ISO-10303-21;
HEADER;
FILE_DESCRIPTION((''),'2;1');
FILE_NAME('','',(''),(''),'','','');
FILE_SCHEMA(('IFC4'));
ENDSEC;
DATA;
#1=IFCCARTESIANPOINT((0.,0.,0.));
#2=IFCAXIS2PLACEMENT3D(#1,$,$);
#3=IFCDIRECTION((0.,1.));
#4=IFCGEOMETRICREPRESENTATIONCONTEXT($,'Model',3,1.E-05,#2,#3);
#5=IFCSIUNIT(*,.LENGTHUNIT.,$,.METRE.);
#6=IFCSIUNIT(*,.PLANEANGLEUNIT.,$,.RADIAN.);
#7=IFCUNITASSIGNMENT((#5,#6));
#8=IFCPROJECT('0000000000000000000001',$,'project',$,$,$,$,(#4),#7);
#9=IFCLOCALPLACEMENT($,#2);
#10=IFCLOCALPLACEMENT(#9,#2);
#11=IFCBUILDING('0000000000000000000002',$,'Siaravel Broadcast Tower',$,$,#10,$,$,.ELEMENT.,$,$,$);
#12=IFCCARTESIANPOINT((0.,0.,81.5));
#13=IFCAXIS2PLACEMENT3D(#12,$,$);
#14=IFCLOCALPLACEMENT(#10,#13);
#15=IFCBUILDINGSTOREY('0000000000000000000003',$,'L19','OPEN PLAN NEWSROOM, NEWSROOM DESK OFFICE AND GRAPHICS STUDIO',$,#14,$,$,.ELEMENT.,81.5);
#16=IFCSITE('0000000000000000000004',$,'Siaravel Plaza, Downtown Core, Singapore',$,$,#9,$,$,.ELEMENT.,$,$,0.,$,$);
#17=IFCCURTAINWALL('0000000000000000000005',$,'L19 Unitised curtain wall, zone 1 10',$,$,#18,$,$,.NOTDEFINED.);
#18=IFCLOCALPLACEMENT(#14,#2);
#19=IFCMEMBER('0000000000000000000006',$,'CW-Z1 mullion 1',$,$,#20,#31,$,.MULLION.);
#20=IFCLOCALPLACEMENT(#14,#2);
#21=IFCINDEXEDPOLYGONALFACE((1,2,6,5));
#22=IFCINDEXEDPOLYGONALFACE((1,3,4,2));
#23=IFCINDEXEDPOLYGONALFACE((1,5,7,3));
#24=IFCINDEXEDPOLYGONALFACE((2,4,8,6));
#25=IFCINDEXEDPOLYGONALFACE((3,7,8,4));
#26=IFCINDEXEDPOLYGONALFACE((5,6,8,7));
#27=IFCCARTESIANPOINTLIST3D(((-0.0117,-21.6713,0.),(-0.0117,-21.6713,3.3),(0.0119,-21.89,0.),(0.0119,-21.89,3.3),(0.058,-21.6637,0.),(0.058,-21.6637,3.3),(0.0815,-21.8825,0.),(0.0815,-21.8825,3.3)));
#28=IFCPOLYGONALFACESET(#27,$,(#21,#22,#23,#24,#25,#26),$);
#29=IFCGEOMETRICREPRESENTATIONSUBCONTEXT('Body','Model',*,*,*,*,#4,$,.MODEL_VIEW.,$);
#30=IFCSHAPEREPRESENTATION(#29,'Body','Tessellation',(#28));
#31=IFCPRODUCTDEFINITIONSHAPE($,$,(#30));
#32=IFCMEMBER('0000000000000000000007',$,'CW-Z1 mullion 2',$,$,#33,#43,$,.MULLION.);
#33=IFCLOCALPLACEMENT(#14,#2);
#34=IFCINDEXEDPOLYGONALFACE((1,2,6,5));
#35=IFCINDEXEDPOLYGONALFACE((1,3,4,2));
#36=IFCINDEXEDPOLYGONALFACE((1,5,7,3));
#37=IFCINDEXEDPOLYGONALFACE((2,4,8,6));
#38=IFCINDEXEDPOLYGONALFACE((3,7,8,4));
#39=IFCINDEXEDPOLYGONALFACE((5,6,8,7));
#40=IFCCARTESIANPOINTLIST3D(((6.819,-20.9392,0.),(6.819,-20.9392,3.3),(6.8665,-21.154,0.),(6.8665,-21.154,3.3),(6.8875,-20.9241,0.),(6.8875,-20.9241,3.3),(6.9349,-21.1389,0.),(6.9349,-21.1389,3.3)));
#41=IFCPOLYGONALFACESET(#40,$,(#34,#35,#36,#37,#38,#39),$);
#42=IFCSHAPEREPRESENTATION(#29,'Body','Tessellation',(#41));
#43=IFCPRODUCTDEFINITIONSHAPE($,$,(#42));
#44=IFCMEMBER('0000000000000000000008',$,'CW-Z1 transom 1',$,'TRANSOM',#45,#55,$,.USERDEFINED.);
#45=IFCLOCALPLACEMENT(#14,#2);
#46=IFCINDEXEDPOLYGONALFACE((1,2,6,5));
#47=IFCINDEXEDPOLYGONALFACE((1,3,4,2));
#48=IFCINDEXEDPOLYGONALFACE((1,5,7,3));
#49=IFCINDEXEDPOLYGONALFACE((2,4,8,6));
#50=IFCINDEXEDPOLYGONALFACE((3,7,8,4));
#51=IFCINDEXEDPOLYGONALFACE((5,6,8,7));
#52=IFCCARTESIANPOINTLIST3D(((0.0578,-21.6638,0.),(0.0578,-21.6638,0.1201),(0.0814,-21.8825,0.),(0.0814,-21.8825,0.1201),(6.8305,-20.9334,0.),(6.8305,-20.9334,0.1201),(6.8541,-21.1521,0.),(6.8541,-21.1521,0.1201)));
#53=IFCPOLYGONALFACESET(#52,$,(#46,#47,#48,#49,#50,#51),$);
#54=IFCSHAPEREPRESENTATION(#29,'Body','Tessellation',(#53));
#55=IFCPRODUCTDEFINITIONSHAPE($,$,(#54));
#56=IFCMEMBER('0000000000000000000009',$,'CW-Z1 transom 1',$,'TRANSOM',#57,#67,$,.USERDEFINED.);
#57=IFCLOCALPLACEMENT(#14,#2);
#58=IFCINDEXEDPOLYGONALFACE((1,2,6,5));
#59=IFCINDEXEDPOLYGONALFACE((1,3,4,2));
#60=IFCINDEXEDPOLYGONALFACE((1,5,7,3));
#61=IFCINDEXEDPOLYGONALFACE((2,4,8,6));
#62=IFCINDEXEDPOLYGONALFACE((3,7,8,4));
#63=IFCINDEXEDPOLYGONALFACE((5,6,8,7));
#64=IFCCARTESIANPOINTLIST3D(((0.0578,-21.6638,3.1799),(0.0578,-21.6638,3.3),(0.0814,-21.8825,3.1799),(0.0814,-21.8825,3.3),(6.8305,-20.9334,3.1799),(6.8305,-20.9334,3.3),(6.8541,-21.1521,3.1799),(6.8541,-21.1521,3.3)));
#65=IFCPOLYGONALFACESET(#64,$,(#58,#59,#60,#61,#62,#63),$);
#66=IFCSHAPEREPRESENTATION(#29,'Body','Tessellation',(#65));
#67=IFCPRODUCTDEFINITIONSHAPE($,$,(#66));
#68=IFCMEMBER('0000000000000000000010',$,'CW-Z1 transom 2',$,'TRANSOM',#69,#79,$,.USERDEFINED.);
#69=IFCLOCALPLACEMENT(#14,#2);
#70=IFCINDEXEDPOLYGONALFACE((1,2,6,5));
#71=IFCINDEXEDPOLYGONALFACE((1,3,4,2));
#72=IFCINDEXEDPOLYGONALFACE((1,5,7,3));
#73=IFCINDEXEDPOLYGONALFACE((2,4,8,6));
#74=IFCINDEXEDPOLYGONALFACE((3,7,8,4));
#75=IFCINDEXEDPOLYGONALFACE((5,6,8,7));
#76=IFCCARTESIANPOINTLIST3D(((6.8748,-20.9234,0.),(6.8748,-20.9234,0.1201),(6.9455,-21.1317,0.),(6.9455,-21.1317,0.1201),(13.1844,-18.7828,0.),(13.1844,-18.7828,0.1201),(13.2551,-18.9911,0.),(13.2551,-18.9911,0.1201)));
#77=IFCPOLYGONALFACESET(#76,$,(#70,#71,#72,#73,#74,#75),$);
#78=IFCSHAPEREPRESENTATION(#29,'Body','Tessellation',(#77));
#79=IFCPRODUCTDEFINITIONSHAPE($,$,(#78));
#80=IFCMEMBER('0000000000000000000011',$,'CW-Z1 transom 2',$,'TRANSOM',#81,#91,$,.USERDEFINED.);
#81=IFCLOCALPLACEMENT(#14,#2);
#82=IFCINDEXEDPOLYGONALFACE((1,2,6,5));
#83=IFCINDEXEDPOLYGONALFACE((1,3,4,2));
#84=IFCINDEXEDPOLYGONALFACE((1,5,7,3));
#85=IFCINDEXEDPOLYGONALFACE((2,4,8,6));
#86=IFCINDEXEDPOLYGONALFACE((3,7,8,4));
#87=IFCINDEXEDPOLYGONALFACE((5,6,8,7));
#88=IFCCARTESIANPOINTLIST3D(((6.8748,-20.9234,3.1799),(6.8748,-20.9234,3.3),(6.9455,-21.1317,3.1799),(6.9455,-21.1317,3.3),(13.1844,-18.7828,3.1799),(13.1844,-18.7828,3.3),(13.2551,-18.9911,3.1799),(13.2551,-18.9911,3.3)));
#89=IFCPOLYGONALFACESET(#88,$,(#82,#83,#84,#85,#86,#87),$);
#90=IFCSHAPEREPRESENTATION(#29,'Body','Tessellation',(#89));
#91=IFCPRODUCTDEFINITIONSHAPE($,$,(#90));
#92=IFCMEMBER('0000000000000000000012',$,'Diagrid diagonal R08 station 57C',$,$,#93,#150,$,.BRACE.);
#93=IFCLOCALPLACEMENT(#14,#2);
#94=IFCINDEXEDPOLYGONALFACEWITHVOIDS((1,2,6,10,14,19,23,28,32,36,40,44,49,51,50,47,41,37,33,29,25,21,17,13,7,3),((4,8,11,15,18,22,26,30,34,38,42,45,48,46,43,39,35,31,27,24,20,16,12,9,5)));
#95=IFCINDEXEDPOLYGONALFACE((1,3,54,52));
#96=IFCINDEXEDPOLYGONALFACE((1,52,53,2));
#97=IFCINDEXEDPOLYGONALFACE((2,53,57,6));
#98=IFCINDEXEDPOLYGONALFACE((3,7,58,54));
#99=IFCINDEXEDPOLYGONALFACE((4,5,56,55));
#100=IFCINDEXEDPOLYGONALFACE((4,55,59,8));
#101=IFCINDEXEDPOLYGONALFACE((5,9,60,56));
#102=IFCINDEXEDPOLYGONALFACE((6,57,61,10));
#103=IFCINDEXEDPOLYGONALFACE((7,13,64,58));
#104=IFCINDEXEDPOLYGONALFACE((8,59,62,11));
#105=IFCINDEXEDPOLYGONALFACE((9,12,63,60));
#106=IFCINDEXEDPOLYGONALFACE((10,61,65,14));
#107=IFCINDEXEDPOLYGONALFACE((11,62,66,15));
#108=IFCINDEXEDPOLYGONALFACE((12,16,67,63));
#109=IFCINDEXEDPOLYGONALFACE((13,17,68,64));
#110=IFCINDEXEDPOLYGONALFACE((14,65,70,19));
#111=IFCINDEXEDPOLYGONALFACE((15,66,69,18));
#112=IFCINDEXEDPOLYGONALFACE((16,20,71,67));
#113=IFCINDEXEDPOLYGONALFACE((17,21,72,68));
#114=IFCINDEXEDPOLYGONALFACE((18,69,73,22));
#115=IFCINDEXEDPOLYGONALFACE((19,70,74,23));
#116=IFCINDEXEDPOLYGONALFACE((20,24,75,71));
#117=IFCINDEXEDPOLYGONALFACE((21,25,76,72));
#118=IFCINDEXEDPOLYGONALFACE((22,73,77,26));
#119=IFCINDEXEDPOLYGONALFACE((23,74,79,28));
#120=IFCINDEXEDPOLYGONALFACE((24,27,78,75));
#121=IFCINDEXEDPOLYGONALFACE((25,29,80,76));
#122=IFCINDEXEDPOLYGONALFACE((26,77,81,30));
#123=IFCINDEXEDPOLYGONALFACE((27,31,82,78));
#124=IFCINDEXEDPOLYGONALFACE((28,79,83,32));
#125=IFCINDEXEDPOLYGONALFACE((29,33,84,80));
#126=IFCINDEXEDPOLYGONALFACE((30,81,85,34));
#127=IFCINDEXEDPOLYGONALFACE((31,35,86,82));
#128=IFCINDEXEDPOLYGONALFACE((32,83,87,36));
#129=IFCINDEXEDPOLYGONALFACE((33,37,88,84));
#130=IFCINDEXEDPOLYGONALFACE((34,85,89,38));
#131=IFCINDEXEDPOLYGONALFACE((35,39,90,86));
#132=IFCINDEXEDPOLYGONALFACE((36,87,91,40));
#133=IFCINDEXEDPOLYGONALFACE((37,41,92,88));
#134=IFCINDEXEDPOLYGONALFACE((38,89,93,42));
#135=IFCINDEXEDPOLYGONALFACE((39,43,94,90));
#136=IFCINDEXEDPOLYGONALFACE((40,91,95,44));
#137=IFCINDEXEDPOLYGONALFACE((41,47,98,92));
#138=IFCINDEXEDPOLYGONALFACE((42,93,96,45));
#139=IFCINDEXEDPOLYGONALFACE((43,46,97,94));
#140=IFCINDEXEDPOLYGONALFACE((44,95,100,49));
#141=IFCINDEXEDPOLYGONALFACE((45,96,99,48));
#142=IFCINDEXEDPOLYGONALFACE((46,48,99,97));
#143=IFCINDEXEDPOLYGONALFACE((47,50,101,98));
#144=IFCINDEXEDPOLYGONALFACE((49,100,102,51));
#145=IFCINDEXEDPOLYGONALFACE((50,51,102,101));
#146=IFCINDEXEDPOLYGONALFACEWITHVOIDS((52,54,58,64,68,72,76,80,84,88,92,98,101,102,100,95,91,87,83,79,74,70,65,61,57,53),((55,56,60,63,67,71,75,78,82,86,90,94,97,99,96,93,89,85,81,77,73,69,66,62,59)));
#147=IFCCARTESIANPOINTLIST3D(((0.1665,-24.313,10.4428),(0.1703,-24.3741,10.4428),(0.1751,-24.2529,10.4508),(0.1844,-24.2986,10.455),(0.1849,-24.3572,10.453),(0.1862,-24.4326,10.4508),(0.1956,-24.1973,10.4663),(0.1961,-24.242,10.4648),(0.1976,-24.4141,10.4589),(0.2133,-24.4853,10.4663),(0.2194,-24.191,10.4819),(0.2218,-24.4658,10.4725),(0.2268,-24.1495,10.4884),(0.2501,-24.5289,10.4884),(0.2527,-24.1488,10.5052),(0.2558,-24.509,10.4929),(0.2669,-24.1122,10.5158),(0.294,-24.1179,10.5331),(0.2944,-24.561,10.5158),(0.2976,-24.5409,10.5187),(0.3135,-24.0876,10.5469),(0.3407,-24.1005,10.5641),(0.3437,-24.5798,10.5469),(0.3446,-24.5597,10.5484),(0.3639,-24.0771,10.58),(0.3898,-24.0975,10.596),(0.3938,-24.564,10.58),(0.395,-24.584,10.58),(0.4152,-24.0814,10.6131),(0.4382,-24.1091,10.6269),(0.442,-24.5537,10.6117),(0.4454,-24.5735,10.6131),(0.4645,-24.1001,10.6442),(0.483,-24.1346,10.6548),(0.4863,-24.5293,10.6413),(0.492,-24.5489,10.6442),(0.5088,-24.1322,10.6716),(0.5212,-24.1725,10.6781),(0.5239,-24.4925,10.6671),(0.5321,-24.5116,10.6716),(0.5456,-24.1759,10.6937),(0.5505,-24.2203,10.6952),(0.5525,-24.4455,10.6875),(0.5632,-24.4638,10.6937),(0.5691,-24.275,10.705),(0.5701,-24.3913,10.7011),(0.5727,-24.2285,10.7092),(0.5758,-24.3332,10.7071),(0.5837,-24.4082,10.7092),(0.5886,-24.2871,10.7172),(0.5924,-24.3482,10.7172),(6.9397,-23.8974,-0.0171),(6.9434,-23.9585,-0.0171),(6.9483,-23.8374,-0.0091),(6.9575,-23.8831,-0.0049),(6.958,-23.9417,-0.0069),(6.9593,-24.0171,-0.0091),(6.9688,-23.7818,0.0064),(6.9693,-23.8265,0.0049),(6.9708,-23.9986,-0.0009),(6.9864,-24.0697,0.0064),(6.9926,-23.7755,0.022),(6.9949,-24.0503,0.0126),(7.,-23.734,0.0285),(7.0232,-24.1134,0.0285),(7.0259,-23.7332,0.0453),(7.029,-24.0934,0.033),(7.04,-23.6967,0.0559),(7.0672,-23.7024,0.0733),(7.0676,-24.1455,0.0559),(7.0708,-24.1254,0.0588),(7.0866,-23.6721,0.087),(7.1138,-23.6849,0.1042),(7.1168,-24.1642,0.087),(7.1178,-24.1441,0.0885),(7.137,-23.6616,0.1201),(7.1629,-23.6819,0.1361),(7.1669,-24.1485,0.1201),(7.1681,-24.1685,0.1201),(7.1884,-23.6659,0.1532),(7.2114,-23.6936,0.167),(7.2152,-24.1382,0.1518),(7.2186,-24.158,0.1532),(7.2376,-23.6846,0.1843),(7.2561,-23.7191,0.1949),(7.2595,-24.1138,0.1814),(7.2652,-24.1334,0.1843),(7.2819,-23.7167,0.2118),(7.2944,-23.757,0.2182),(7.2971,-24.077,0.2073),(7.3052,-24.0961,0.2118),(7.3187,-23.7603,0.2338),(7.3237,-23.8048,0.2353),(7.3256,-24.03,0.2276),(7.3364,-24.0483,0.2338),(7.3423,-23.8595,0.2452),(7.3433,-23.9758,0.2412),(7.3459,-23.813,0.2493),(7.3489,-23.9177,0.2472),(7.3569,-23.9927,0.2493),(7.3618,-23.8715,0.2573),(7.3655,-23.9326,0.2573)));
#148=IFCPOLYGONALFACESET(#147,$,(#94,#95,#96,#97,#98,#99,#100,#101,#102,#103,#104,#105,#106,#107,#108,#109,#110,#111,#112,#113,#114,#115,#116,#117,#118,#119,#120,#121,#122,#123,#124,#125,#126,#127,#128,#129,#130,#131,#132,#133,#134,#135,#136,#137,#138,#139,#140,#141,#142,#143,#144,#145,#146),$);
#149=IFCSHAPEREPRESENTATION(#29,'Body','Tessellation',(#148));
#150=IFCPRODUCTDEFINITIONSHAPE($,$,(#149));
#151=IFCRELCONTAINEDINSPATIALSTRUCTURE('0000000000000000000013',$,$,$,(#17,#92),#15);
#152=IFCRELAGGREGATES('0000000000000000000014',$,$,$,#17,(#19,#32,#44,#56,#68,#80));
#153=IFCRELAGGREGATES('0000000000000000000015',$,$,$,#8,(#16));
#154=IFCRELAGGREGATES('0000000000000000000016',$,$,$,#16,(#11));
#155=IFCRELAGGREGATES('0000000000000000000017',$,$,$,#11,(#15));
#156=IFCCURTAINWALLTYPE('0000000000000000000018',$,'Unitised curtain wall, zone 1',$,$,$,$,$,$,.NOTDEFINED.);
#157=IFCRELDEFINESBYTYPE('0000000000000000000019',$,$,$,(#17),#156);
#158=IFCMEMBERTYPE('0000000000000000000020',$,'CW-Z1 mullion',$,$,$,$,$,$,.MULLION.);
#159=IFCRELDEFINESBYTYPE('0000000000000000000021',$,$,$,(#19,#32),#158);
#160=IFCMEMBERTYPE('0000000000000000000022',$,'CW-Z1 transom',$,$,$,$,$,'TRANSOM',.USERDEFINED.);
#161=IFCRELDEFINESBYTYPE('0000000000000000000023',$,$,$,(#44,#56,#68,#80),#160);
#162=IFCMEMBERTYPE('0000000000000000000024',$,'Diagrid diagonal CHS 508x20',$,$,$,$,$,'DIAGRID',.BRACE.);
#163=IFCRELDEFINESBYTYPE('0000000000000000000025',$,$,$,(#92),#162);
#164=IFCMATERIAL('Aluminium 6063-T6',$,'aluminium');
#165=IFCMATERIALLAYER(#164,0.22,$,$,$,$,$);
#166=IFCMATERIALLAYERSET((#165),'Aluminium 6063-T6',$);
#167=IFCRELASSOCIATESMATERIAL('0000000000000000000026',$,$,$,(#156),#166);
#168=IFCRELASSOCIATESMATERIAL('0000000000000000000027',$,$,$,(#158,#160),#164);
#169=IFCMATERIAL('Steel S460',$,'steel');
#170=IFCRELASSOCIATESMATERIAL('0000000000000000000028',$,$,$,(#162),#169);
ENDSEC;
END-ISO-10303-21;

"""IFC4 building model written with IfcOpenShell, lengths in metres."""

from ifc_helpers import new_model, si_unit, direction, frame, origin, origin_2d, place, context, subcontext, project, spatial, rectangle, hollow_circle, extrude, material, layer, layer_set, material_profile, profile_set, type_object, element, aggregate, save


model = new_model("IFC4")

# Units and contexts
model_context = context("Model", 3, precision=1e-05, world=origin(), true_north=direction((0.0, 1.0)))
body_context = subcontext(model_context, "Body", "Model", "MODEL_VIEW")
ifc_project = project(units=[si_unit("LENGTHUNIT", "METRE"), si_unit("PLANEANGLEUNIT", "RADIAN")], contexts=[model_context])

# Site, building, storey
site_placement = place(None, origin())
site = spatial("IfcSite", under=ifc_project, at=site_placement, Name="Siaravel Plaza, Downtown Core, Singapore", CompositionType="ELEMENT", RefElevation=0.0)
building_placement = place(site_placement, origin())
building = spatial("IfcBuilding", under=site, at=building_placement, Name="Siaravel Broadcast Tower", CompositionType="ELEMENT")
storey_placement = place(building_placement, frame((0.0, 0.0, 81.5)))
storey = spatial("IfcBuildingStorey", under=building, at=storey_placement, Name="L19", Description="OPEN PLAN NEWSROOM, NEWSROOM DESK OFFICE AND GRAPHICS STUDIO", CompositionType="ELEMENT", Elevation=81.5)

# Curtain wall, members
ifc_material_1 = material(Name="Aluminium 6063-T6", Category="aluminium")
ifc_layer_1 = layer(ifc_material_1, 0.22)
ifc_layer_set_1 = layer_set([ifc_layer_1], Name="Aluminium 6063-T6")
curtain_wall_type = type_object("IfcCurtainWallType", Name="Unitised curtain wall, zone 1", PredefinedType="NOTDEFINED", material=ifc_layer_set_1)
curtain_wall_placement = place(storey_placement, origin())
curtain_wall = element("IfcCurtainWall", 1, at=curtain_wall_placement, inside=storey, type_object=curtain_wall_type, Name="L19 Unitised curtain wall, zone 1 10", PredefinedType="NOTDEFINED")
ifc_material_profile_1 = material_profile(ifc_material_1, rectangle(XDim=0.22, YDim=0.0701, at=origin_2d()))
ifc_profile_set_1 = profile_set([ifc_material_profile_1], Name="Aluminium 6063-T6")
member_type_1 = type_object("IfcMemberType", Name="CW-Z1 mullion", PredefinedType="MULLION", material=ifc_profile_set_1)
member_1_placement = place(storey_placement, frame((0.0349, -21.7769, 0.0), z_axis=(0.0, 0.0, 1.0), x_axis=(-0.107218, 0.994236, 0.0)))
member_1 = element("IfcMember", 2, at=member_1_placement, type_object=member_type_1, Name="CW-Z1 mullion 1", PredefinedType="MULLION", context=body_context, shape_type="SweptSolid", body=[
    extrude(rectangle(XDim=0.22, YDim=0.0701, at=origin_2d()), origin(), (0.0, 0.0, 1.0), 3.3),
])
member_2_placement = place(storey_placement, frame((6.877, -21.0391, 0.0), z_axis=(0.0, 0.0, 1.0), x_axis=(-0.215558, 0.976491, 0.0)))
member_2 = element("IfcMember", 3, at=member_2_placement, type_object=member_type_1, Name="CW-Z1 mullion 2", PredefinedType="MULLION", context=body_context, shape_type="SweptSolid", body=[
    extrude(rectangle(XDim=0.22, YDim=0.0701, at=origin_2d()), origin(), (0.0, 0.0, 1.0), 3.3),
])
ifc_material_profile_2 = material_profile(ifc_material_1, rectangle(XDim=0.22, YDim=0.1201, at=origin_2d()))
ifc_profile_set_2 = profile_set([ifc_material_profile_2], Name="Aluminium 6063-T6")
member_type_2 = type_object("IfcMemberType", Name="CW-Z1 transom", ElementType="TRANSOM", PredefinedType="USERDEFINED", material=ifc_profile_set_2)
member_3_placement = place(storey_placement, frame((0.0696, -21.7732, 0.0601), z_axis=(0.994234, 0.107233, 0.0), x_axis=(-0.107233, 0.994234, 0.0)))
member_3 = element("IfcMember", 4, at=member_3_placement, type_object=member_type_2, Name="CW-Z1 transom 1", ObjectType="TRANSOM", PredefinedType="USERDEFINED", context=body_context, shape_type="SweptSolid", body=[
    extrude(rectangle(XDim=0.22, YDim=0.1201, at=origin_2d()), origin(), (0.0, 0.0, 1.0), 6.812),
])
member_4_placement = place(storey_placement, frame((0.0696, -21.7732, 3.24), z_axis=(0.994234, 0.107233, 0.0), x_axis=(-0.107233, 0.994234, 0.0)))
member_4 = element("IfcMember", 5, at=member_4_placement, type_object=member_type_2, Name="CW-Z1 transom 1", ObjectType="TRANSOM", PredefinedType="USERDEFINED", context=body_context, shape_type="SweptSolid", body=[
    extrude(rectangle(XDim=0.22, YDim=0.1201, at=origin_2d()), origin(), (0.0, 0.0, 1.0), 6.812),
])
member_5_placement = place(storey_placement, frame((6.9102, -21.0276, 0.0601), z_axis=(0.946984, 0.32128, 0.0), x_axis=(-0.32128, 0.946984, 0.0)))
member_5 = element("IfcMember", 6, at=member_5_placement, type_object=member_type_2, Name="CW-Z1 transom 2", ObjectType="TRANSOM", PredefinedType="USERDEFINED", context=body_context, shape_type="SweptSolid", body=[
    extrude(rectangle(XDim=0.22, YDim=0.1201, at=origin_2d()), origin(), (0.0, 0.0, 1.0), 6.6628),
])
member_6_placement = place(storey_placement, frame((6.9102, -21.0276, 3.24), z_axis=(0.946984, 0.32128, 0.0), x_axis=(-0.32128, 0.946984, 0.0)))
member_6 = element("IfcMember", 7, at=member_6_placement, type_object=member_type_2, Name="CW-Z1 transom 2", ObjectType="TRANSOM", PredefinedType="USERDEFINED", context=body_context, shape_type="SweptSolid", body=[
    extrude(rectangle(XDim=0.22, YDim=0.1201, at=origin_2d()), origin(), (0.0, 0.0, 1.0), 6.6628),
])

# Member
ifc_material_2 = material(Name="Steel S460", Category="steel")
ifc_material_profile_3 = material_profile(ifc_material_2, hollow_circle(Radius=0.2539, WallThickness=0.02, at=origin_2d()))
ifc_profile_set_3 = profile_set([ifc_material_profile_3], Name="Steel S460")
member_type_3 = type_object("IfcMemberType", Name="Diagrid diagonal CHS 508x20", ElementType="DIAGRID", PredefinedType="BRACE", material=ifc_profile_set_3)
member_7_placement = place(storey_placement, frame((7.1526, -23.915, 0.1201), z_axis=(-0.543231, -0.033327, 0.838921), x_axis=(0.061234, -0.998123, 0.0)))
element("IfcMember", 8, at=member_7_placement, inside=storey, type_object=member_type_3, Name="Diagrid diagonal R08 station 57C", PredefinedType="BRACE", context=body_context, shape_type="SweptSolid", body=[
    extrude(hollow_circle(Radius=0.2539, WallThickness=0.02, at=origin_2d()), origin(), (0.0, 0.0, 1.0), 12.4683),
])

aggregate(curtain_wall, [member_1, member_2, member_3, member_4, member_5, member_6])

save(model, "model.ifc")
